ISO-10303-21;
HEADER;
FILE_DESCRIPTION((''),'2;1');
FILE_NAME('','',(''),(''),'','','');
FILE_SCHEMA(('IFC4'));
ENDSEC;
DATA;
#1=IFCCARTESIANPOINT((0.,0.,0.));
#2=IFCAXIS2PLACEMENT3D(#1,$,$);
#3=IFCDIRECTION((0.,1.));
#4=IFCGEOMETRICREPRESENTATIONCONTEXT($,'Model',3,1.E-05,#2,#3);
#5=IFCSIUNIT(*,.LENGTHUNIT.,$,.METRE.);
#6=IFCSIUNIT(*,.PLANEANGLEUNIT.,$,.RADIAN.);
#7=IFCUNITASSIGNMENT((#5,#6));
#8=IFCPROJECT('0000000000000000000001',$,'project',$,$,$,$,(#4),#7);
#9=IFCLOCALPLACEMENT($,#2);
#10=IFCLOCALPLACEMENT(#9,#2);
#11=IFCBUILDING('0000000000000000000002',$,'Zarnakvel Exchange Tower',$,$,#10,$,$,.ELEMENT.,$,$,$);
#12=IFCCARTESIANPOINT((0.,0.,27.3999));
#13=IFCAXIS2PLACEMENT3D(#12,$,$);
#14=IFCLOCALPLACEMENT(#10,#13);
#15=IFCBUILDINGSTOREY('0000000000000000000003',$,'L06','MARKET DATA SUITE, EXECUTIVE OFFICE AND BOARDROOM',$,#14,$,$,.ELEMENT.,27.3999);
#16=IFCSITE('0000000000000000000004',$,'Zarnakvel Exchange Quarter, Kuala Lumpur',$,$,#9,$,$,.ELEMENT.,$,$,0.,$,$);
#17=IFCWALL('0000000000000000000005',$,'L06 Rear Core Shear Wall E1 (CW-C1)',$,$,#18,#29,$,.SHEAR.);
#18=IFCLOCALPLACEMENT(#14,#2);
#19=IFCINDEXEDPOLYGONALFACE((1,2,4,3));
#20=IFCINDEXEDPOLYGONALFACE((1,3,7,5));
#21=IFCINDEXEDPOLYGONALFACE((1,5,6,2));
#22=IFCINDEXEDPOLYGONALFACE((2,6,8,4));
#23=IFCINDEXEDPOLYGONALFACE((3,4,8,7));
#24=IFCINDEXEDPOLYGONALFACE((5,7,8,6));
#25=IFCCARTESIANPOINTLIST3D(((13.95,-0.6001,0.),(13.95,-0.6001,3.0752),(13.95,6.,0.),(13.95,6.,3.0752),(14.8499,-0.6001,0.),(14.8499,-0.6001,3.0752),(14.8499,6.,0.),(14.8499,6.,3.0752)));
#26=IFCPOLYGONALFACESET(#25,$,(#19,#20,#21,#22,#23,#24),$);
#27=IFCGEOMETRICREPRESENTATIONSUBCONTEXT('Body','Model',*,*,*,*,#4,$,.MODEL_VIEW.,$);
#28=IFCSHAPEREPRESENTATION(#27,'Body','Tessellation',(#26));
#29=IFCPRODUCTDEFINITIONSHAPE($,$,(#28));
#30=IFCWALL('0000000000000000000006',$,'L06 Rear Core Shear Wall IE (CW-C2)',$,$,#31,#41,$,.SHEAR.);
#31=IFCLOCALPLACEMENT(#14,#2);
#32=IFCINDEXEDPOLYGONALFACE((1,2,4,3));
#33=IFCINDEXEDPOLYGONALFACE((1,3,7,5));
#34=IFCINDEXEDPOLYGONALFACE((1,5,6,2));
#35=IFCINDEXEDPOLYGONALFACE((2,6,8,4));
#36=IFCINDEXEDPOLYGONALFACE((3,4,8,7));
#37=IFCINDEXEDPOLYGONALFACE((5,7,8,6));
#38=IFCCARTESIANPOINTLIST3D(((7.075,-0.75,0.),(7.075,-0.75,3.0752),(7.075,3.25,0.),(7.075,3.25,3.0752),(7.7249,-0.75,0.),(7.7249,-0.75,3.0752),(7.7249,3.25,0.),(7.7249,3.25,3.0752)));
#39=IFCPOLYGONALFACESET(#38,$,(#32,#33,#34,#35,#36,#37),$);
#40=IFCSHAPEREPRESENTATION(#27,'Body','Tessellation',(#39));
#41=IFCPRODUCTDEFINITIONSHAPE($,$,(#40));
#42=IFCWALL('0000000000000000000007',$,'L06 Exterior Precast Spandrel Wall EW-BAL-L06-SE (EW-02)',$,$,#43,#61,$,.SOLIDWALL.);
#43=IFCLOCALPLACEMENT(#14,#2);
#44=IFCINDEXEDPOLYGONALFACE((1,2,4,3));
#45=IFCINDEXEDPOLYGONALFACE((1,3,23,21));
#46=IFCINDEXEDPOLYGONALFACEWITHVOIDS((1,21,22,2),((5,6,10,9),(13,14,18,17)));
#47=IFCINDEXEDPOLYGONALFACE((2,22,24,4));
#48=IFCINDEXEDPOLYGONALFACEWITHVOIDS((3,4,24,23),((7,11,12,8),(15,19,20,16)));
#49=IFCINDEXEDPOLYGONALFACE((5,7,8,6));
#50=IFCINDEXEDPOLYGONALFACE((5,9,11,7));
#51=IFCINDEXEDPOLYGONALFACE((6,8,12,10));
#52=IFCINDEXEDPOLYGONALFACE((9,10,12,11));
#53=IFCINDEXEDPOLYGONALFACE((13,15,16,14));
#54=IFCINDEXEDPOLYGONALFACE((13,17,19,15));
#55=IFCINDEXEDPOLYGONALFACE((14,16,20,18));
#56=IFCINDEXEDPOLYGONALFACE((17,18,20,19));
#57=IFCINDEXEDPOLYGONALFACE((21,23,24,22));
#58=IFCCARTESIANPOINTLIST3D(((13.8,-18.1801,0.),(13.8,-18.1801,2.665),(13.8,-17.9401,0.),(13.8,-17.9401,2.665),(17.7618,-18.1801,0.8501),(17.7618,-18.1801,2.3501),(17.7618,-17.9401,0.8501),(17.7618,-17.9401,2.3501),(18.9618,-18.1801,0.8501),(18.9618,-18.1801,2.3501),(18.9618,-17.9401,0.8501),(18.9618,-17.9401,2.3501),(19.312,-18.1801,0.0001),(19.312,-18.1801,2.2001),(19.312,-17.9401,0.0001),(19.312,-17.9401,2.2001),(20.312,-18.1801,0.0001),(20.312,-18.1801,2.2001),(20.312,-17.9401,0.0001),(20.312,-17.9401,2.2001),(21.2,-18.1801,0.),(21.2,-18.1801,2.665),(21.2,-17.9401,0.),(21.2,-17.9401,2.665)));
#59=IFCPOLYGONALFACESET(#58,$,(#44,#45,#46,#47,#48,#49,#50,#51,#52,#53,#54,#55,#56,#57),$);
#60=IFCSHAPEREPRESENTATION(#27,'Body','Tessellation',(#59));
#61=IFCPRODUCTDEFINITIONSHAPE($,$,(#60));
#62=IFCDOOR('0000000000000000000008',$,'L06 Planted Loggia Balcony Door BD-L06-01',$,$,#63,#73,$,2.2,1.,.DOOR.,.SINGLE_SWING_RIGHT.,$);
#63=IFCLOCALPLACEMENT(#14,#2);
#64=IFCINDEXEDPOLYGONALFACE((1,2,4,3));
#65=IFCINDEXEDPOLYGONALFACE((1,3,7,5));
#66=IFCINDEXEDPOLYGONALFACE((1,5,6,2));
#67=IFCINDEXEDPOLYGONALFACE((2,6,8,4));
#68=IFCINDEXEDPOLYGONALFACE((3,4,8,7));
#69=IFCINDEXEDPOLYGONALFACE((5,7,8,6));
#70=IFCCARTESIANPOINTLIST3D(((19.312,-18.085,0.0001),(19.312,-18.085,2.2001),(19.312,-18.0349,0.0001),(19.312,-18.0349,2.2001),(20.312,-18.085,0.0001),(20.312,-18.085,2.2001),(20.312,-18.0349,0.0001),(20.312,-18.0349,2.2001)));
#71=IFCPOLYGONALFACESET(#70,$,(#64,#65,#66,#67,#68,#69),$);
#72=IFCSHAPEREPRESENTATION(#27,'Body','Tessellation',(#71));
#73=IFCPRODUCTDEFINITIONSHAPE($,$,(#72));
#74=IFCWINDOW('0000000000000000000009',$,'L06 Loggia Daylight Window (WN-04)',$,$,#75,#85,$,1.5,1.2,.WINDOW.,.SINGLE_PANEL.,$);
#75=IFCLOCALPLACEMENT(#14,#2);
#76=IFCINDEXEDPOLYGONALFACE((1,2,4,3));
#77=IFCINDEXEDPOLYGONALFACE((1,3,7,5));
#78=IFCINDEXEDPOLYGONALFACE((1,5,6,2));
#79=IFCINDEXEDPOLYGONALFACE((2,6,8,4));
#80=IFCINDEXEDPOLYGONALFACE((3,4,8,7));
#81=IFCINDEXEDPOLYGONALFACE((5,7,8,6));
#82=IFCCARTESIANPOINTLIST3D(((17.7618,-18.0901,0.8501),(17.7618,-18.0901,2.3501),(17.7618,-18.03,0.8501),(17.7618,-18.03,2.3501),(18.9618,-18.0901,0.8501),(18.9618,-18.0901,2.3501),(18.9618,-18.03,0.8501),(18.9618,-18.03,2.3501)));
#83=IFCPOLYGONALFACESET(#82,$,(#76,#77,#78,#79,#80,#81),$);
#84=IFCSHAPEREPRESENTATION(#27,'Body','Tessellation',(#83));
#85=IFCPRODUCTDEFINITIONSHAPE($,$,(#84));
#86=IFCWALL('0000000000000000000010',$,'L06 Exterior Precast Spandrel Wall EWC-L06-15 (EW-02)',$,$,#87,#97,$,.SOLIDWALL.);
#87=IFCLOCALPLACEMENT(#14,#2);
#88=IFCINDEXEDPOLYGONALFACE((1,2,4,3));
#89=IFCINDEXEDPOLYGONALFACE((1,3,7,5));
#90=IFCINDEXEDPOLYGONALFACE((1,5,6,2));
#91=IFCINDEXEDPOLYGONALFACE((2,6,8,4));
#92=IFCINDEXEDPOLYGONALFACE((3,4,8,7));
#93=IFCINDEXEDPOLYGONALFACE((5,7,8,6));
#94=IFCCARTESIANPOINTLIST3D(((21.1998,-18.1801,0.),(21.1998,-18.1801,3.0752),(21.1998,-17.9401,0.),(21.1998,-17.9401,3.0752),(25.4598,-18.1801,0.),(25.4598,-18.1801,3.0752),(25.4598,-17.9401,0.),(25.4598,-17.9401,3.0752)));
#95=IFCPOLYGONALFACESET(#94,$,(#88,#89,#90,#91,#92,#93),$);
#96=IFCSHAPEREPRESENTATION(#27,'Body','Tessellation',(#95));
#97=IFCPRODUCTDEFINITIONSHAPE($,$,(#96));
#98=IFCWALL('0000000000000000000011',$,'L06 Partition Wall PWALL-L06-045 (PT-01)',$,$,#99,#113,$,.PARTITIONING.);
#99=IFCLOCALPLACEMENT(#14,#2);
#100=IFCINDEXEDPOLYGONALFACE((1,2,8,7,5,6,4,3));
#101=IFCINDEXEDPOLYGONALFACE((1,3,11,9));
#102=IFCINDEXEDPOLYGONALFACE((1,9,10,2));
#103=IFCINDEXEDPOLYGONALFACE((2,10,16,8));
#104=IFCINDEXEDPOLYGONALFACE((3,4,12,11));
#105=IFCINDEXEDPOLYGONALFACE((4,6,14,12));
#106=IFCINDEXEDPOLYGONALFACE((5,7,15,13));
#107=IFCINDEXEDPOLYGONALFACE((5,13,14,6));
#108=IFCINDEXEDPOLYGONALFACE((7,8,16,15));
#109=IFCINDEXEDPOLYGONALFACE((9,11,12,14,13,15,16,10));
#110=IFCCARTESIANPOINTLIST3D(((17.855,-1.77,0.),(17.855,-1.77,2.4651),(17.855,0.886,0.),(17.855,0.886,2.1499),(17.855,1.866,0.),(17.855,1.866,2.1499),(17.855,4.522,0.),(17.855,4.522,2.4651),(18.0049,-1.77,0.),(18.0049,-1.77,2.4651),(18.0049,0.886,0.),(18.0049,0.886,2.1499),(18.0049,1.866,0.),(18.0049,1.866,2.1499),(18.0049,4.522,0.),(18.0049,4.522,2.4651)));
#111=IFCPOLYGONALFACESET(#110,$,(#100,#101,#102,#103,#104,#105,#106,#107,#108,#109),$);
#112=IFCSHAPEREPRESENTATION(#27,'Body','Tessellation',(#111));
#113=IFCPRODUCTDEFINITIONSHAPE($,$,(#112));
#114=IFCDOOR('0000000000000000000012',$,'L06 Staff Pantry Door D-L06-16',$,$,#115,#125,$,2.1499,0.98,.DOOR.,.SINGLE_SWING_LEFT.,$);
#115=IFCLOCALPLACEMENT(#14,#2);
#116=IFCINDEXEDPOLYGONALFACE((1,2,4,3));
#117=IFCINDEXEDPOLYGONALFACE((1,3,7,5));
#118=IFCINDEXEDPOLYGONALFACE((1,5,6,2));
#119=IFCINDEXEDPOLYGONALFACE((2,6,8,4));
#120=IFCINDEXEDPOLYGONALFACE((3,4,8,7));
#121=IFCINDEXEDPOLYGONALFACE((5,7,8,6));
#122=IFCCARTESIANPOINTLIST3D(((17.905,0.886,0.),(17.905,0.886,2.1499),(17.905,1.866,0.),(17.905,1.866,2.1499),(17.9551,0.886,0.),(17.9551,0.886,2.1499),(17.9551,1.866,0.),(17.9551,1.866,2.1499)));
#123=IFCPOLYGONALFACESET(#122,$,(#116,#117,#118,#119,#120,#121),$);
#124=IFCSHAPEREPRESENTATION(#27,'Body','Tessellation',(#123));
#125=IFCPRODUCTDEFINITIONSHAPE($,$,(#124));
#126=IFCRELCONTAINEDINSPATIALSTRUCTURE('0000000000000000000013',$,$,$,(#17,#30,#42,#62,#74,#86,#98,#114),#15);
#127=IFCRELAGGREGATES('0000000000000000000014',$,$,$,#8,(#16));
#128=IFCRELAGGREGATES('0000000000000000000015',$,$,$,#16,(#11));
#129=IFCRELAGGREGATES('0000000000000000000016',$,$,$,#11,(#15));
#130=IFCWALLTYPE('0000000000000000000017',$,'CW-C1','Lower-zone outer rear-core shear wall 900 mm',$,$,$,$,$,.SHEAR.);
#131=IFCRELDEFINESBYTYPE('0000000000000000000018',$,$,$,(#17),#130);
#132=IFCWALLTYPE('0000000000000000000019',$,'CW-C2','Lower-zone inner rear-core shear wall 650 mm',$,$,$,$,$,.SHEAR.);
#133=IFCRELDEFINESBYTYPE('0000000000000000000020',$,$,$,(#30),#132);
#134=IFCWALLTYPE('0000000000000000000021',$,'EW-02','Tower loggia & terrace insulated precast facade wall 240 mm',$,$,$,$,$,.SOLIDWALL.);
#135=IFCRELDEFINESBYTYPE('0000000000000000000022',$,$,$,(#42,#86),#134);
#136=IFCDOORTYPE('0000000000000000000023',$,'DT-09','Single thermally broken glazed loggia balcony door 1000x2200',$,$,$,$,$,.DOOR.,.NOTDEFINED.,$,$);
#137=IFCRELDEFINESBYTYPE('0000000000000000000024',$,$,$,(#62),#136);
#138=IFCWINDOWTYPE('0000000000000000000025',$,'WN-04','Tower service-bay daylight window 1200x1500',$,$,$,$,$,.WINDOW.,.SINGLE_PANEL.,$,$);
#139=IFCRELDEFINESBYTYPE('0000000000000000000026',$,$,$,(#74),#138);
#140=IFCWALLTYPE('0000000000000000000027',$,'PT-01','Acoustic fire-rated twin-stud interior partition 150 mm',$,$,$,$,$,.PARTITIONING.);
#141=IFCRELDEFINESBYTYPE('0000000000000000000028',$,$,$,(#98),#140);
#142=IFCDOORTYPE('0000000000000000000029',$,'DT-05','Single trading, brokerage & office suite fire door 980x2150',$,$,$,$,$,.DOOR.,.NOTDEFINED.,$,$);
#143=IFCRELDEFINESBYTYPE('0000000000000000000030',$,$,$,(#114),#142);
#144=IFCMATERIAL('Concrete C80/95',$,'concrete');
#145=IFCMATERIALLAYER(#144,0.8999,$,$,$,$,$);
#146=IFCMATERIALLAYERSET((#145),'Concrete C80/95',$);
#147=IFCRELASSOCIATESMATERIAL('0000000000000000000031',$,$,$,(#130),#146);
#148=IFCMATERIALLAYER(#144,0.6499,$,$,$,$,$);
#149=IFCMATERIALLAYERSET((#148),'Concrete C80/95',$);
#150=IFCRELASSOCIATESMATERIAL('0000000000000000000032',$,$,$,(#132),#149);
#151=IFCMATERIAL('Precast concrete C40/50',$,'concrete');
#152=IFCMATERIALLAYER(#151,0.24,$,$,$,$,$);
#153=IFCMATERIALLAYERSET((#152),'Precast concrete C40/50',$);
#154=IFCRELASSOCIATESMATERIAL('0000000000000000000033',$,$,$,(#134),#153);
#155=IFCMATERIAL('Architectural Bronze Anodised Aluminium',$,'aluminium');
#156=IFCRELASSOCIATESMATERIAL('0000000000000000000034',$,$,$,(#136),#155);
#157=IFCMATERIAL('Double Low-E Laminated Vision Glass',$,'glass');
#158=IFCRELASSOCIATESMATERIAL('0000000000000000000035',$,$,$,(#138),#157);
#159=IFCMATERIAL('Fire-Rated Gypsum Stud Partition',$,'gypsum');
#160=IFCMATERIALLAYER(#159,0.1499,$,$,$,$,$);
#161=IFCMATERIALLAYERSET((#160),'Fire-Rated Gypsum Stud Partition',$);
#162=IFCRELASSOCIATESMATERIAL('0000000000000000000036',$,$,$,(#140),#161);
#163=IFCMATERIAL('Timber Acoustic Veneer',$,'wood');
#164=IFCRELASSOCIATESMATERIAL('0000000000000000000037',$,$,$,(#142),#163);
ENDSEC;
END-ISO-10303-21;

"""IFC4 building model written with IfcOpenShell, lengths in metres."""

from ifc_helpers import new_model, si_unit, direction, frame, frame_2d, origin, place, context, subcontext, project, spatial, rectangle, extrude, source, transform, mapped, material, layer, layer_set, type_object, element, fill, save


model = new_model("IFC4")

# Units and contexts
model_context = context("Model", 3, precision=1e-05, world=origin(), true_north=direction((0.0, 1.0)))
body_context = subcontext(model_context, "Body", "Model", "MODEL_VIEW")
ifc_project = project(units=[si_unit("LENGTHUNIT", "METRE"), si_unit("PLANEANGLEUNIT", "RADIAN")], contexts=[model_context])

# Site, building, storey
site_placement = place(None, origin())
site = spatial("IfcSite", under=ifc_project, at=site_placement, Name="Zarnakvel Exchange Quarter, Kuala Lumpur", CompositionType="ELEMENT", RefElevation=0.0)
building_placement = place(site_placement, origin())
building = spatial("IfcBuilding", under=site, at=building_placement, Name="Zarnakvel Exchange Tower", CompositionType="ELEMENT")
storey_placement = place(building_placement, frame((0.0, 0.0, 27.3999)))
storey = spatial("IfcBuildingStorey", under=building, at=storey_placement, Name="L06", Description="MARKET DATA SUITE, EXECUTIVE OFFICE AND BOARDROOM", CompositionType="ELEMENT", Elevation=27.3999)

# Shared definitions
ifc_material_1 = material(Name="Concrete C80/95", Category="concrete")

# Wall
ifc_layer_1 = layer(ifc_material_1, 0.8999)
ifc_layer_set_1 = layer_set([ifc_layer_1], Name="Concrete C80/95")
wall_type_1 = type_object("IfcWallType", Name="CW-C1", Description="Lower-zone outer rear-core shear wall 900 mm", PredefinedType="SHEAR", material=ifc_layer_set_1)
wall_1_placement = place(storey_placement, frame((14.3999, -0.6001, 0.0), z_axis=(0.0, 0.0, 1.0), x_axis=(0.0, 1.0, 0.0)))
element("IfcWall", 1, at=wall_1_placement, inside=storey, type_object=wall_type_1, Name="L06 Rear Core Shear Wall E1 (CW-C1)", PredefinedType="SHEAR", context=body_context, shape_type="SweptSolid", body=[
    extrude(rectangle(XDim=6.6001, YDim=0.8999, at=frame_2d((3.3, 0.0))), origin(), (0.0, 0.0, 1.0), 3.0752),
])

# Wall
ifc_layer_2 = layer(ifc_material_1, 0.6499)
ifc_layer_set_2 = layer_set([ifc_layer_2], Name="Concrete C80/95")
wall_type_2 = type_object("IfcWallType", Name="CW-C2", Description="Lower-zone inner rear-core shear wall 650 mm", PredefinedType="SHEAR", material=ifc_layer_set_2)
wall_2_placement = place(storey_placement, frame((7.3999, -0.75, 0.0), z_axis=(0.0, 0.0, 1.0), x_axis=(0.0, 1.0, 0.0)))
element("IfcWall", 2, at=wall_2_placement, inside=storey, type_object=wall_type_2, Name="L06 Rear Core Shear Wall IE (CW-C2)", PredefinedType="SHEAR", context=body_context, shape_type="SweptSolid", body=[
    extrude(rectangle(XDim=4.0, YDim=0.6499, at=frame_2d((2.0, 0.0))), origin(), (0.0, 0.0, 1.0), 3.0752),
])

# Wall, openings, door, window
ifc_material_2 = material(Name="Precast concrete C40/50", Category="concrete")
ifc_layer_3 = layer(ifc_material_2, 0.24)
ifc_layer_set_3 = layer_set([ifc_layer_3], Name="Precast concrete C40/50")
wall_type_3 = type_object("IfcWallType", Name="EW-02", Description="Tower loggia & terrace insulated precast facade wall 240 mm", PredefinedType="SOLIDWALL", material=ifc_layer_set_3)
wall_3_placement = place(storey_placement, frame((21.2, -18.0601, 0.0), z_axis=(0.0, 0.0, 1.0), x_axis=(-1.0, 0.0, 0.0)))
wall_3 = element("IfcWall", 3, at=wall_3_placement, inside=storey, type_object=wall_type_3, Name="L06 Exterior Precast Spandrel Wall EW-BAL-L06-SE (EW-02)", PredefinedType="SOLIDWALL", context=body_context, shape_type="SweptSolid", body=[
    extrude(rectangle(XDim=7.3999, YDim=0.24, at=frame_2d((3.7, 0.0))), origin(), (0.0, 0.0, 1.0), 2.665),
])
opening_1_placement = place(wall_3_placement, frame((0.8879, 0.0, 0.0)))
opening_1 = element("IfcOpeningElement", 4, at=opening_1_placement, cuts=wall_3, PredefinedType="OPENING", context=body_context, shape_type="SweptSolid", body=[
    extrude(rectangle(XDim=1.0, YDim=2.2, at=frame_2d((0.5, 1.1001))), frame((0.0, 0.1299, 0.0), z_axis=(0.0, -1.0, 0.0), x_axis=(1.0, 0.0, 0.0)), (0.0, 0.0, 1.0), 0.26),
])
opening_2_placement = place(wall_3_placement, frame((2.238, 0.0, 0.8501)))
opening_2 = element("IfcOpeningElement", 5, at=opening_2_placement, cuts=wall_3, PredefinedType="OPENING", context=body_context, shape_type="SweptSolid", body=[
    extrude(rectangle(XDim=1.2, YDim=1.5, at=frame_2d((0.6001, 0.75))), frame((0.0, 0.1299, 0.0), z_axis=(0.0, -1.0, 0.0), x_axis=(1.0, 0.0, 0.0)), (0.0, 0.0, 1.0), 0.26),
])
ifc_material_3 = material(Name="Architectural Bronze Anodised Aluminium", Category="aluminium")
door_type_1 = type_object("IfcDoorType", Name="DT-09", Description="Single thermally broken glazed loggia balcony door 1000x2200", OperationType="NOTDEFINED", PredefinedType="DOOR", material=ifc_material_3)
shared_shape_1 = source(origin(), body_context, "Body", "SweptSolid", [
    extrude(rectangle(XDim=1.0, YDim=2.2, at=frame_2d((0.5, 1.1001))), frame((0.0, 0.0249, 0.0), z_axis=(0.0, -1.0, 0.0), x_axis=(1.0, 0.0, 0.0)), (0.0, 0.0, 1.0), 0.05),
])
door_1_placement = place(opening_1_placement, origin())
door_1 = element("IfcDoor", 6, at=door_1_placement, inside=storey, type_object=door_type_1, Name="L06 Planted Loggia Balcony Door BD-L06-01", OperationType="SINGLE_SWING_RIGHT", OverallHeight=2.2, OverallWidth=1.0, PredefinedType="DOOR", context=body_context, shape_type="MappedRepresentation", body=[
    mapped(shared_shape_1, transform((0.0, 0.0, 0.0), x_axis=(1.0, 0.0, 0.0), y_axis=(0.0, 1.0, 0.0), z_axis=(0.0, 0.0, 1.0), scale=1.0)),
])
fill(opening_1, door_1)
ifc_material_4 = material(Name="Double Low-E Laminated Vision Glass", Category="glass")
window_type = type_object("IfcWindowType", Name="WN-04", Description="Tower service-bay daylight window 1200x1500", PartitioningType="SINGLE_PANEL", PredefinedType="WINDOW", material=ifc_material_4)
shared_shape_2 = source(origin(), body_context, "Body", "SweptSolid", [
    extrude(rectangle(XDim=1.2, YDim=1.5, at=frame_2d((0.6001, 0.75))), frame((0.0, 0.03, 0.0), z_axis=(0.0, -1.0, 0.0), x_axis=(1.0, 0.0, 0.0)), (0.0, 0.0, 1.0), 0.0601),
])
window_placement = place(opening_2_placement, origin())
window = element("IfcWindow", 7, at=window_placement, inside=storey, type_object=window_type, Name="L06 Loggia Daylight Window (WN-04)", OverallHeight=1.5, OverallWidth=1.2, PartitioningType="SINGLE_PANEL", PredefinedType="WINDOW", context=body_context, shape_type="MappedRepresentation", body=[
    mapped(shared_shape_2, transform((0.0, 0.0, 0.0), x_axis=(1.0, 0.0, 0.0), y_axis=(0.0, 1.0, 0.0), z_axis=(0.0, 0.0, 1.0), scale=1.0)),
])
fill(opening_2, window)

# Wall
wall_4_placement = place(storey_placement, frame((21.2, -18.0601, 0.0), z_axis=(0.0, 0.0, 1.0), x_axis=(1.0, 0.0, 0.0)))
element("IfcWall", 8, at=wall_4_placement, inside=storey, type_object=wall_type_3, Name="L06 Exterior Precast Spandrel Wall EWC-L06-15 (EW-02)", PredefinedType="SOLIDWALL", context=body_context, shape_type="SweptSolid", body=[
    extrude(rectangle(XDim=4.26, YDim=0.24, at=frame_2d((2.1299, 0.0))), origin(), (0.0, 0.0, 1.0), 3.0752),
])

# Wall, opening, door
ifc_material_5 = material(Name="Fire-Rated Gypsum Stud Partition", Category="gypsum")
ifc_layer_4 = layer(ifc_material_5, 0.1499)
ifc_layer_set_4 = layer_set([ifc_layer_4], Name="Fire-Rated Gypsum Stud Partition")
wall_type_4 = type_object("IfcWallType", Name="PT-01", Description="Acoustic fire-rated twin-stud interior partition 150 mm", PredefinedType="PARTITIONING", material=ifc_layer_set_4)
wall_5_placement = place(storey_placement, frame((17.9299, -1.77, 0.0), z_axis=(0.0, 0.0, 1.0), x_axis=(0.0, 1.0, 0.0)))
wall_5 = element("IfcWall", 9, at=wall_5_placement, inside=storey, type_object=wall_type_4, Name="L06 Partition Wall PWALL-L06-045 (PT-01)", PredefinedType="PARTITIONING", context=body_context, shape_type="SweptSolid", body=[
    extrude(rectangle(XDim=6.292, YDim=0.1499, at=frame_2d((3.146, 0.0))), origin(), (0.0, 0.0, 1.0), 2.4651),
])
opening_3_placement = place(wall_5_placement, frame((2.656, 0.0, 0.0)))
opening_3 = element("IfcOpeningElement", 10, at=opening_3_placement, cuts=wall_5, PredefinedType="OPENING", context=body_context, shape_type="SweptSolid", body=[
    extrude(rectangle(XDim=0.98, YDim=2.1499, at=frame_2d((0.49, 1.075))), frame((0.0, 0.085, 0.0), z_axis=(0.0, -1.0, 0.0), x_axis=(1.0, 0.0, 0.0)), (0.0, 0.0, 1.0), 0.1699),
])
ifc_material_6 = material(Name="Timber Acoustic Veneer", Category="wood")
door_type_2 = type_object("IfcDoorType", Name="DT-05", Description="Single trading, brokerage & office suite fire door 980x2150", OperationType="NOTDEFINED", PredefinedType="DOOR", material=ifc_material_6)
shared_shape_3 = source(origin(), body_context, "Body", "SweptSolid", [
    extrude(rectangle(XDim=0.98, YDim=2.1499, at=frame_2d((0.49, 1.075))), frame((0.0, 0.0249, 0.0), z_axis=(0.0, -1.0, 0.0), x_axis=(1.0, 0.0, 0.0)), (0.0, 0.0, 1.0), 0.05),
])
door_2_placement = place(opening_3_placement, origin())
door_2 = element("IfcDoor", 11, at=door_2_placement, inside=storey, type_object=door_type_2, Name="L06 Staff Pantry Door D-L06-16", OperationType="SINGLE_SWING_LEFT", OverallHeight=2.1499, OverallWidth=0.98, PredefinedType="DOOR", context=body_context, shape_type="MappedRepresentation", body=[
    mapped(shared_shape_3, transform((0.0, 0.0, 0.0), x_axis=(1.0, 0.0, 0.0), y_axis=(0.0, 1.0, 0.0), z_axis=(0.0, 0.0, 1.0), scale=1.0)),
])
fill(opening_3, door_2)

save(model, "model.ifc")
